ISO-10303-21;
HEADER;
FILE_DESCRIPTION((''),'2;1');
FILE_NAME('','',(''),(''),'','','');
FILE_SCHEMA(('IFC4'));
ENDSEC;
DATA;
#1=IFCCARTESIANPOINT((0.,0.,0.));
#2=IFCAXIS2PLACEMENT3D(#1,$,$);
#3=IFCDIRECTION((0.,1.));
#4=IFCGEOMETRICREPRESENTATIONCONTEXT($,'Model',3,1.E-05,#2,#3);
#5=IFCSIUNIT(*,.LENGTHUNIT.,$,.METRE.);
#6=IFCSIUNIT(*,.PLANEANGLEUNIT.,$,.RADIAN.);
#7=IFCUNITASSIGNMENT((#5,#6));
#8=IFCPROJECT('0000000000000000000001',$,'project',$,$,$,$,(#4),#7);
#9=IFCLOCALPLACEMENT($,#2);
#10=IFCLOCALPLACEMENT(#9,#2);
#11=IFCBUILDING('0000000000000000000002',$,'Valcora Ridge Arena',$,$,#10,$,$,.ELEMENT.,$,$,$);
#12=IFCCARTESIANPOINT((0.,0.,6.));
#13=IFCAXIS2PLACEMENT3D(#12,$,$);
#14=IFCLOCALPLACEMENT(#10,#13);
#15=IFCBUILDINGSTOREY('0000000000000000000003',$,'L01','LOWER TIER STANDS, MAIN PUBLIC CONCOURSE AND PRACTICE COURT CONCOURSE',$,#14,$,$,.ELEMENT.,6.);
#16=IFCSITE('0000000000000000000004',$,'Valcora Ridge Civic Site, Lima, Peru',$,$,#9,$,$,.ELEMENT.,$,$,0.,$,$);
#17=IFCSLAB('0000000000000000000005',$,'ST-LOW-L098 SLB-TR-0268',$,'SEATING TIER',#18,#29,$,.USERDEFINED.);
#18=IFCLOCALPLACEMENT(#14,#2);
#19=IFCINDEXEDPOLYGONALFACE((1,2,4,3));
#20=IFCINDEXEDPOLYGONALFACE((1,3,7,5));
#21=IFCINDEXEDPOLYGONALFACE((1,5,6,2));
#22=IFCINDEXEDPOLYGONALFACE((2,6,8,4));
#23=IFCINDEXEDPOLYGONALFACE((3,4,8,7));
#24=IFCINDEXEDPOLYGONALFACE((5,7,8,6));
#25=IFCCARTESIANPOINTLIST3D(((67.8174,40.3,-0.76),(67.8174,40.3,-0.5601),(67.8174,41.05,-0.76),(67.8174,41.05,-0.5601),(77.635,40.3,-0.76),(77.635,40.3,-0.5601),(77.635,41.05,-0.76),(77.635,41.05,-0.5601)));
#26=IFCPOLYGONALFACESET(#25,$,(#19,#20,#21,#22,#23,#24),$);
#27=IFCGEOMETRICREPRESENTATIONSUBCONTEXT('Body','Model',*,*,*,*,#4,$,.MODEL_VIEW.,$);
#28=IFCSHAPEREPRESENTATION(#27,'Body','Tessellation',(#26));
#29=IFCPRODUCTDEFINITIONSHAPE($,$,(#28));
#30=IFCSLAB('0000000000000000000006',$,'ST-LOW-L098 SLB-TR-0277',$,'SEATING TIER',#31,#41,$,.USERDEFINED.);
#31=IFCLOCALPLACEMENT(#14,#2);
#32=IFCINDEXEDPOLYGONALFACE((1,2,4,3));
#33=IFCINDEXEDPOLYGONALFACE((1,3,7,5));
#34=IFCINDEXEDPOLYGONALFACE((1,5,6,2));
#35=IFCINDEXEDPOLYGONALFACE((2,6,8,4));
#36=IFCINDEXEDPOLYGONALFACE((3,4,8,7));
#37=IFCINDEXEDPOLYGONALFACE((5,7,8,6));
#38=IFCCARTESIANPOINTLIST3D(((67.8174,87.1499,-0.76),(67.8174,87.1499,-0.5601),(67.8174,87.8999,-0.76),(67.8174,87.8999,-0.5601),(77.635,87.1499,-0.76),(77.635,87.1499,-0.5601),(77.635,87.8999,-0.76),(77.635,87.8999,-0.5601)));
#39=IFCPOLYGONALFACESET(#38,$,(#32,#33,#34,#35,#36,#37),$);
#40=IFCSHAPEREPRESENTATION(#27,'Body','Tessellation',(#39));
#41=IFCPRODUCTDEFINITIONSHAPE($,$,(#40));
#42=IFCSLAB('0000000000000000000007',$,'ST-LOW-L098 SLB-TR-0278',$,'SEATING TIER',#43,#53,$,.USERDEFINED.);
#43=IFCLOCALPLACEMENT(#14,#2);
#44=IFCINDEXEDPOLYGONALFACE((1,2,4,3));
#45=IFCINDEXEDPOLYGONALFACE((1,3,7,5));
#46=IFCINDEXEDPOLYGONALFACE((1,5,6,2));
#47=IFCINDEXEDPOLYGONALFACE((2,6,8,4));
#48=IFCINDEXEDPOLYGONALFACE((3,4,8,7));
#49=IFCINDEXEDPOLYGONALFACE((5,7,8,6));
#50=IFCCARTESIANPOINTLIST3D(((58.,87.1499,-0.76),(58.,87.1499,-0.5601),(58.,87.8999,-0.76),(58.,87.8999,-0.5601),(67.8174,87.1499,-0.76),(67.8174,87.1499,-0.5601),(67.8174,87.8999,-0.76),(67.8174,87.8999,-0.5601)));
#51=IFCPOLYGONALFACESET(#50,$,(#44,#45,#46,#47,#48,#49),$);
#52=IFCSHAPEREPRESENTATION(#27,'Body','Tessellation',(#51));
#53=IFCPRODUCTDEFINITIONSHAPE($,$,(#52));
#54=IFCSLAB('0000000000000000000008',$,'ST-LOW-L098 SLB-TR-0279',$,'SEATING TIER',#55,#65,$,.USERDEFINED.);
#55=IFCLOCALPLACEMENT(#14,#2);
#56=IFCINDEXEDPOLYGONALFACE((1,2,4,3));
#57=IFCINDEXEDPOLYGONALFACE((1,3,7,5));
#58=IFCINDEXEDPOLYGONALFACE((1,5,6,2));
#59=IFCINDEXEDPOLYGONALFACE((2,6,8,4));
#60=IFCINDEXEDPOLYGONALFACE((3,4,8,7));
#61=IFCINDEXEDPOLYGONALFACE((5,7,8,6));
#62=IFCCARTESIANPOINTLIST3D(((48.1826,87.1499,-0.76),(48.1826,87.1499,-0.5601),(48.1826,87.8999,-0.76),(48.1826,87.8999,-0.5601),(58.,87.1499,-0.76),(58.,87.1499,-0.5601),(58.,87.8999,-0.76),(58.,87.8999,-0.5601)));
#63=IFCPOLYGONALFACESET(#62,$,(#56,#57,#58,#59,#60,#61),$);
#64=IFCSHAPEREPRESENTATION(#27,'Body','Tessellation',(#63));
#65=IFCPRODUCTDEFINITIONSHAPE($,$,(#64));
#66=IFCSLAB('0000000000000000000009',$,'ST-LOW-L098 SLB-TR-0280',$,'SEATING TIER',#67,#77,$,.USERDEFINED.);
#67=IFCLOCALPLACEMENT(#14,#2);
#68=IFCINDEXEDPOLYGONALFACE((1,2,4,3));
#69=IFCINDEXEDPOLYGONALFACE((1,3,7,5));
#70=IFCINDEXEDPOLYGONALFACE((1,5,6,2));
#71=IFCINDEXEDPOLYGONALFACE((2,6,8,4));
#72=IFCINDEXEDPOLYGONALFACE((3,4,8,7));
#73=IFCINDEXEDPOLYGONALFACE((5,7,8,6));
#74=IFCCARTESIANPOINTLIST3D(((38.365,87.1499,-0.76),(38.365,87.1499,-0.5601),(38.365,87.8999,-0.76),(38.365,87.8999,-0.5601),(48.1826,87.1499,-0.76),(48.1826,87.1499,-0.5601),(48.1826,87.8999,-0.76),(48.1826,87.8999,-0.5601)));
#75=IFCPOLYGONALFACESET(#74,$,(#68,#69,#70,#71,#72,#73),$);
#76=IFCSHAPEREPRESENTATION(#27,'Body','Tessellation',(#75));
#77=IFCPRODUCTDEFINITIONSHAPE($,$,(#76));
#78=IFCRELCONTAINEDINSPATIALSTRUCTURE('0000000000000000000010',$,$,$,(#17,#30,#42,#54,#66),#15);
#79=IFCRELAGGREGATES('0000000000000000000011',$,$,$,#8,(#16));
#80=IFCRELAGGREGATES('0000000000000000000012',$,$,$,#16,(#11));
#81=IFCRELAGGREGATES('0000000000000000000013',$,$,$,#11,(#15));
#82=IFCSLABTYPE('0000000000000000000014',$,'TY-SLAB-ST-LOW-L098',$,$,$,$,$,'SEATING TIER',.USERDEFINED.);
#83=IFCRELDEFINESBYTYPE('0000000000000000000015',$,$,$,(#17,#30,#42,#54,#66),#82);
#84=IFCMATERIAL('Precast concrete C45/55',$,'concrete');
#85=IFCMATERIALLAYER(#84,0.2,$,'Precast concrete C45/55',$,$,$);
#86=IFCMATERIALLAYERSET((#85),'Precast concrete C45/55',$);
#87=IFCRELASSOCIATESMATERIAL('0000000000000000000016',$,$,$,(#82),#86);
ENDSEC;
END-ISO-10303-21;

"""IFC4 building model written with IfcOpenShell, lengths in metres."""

from ifc_helpers import new_model, si_unit, direction, frame, origin, place, context, subcontext, project, spatial, polyline, outline, extrude, material, layer, layer_set, type_object, element, save


model = new_model("IFC4")

# Units and contexts
model_context = context("Model", 3, precision=1e-05, world=origin(), true_north=direction((0.0, 1.0)))
body_context = subcontext(model_context, "Body", "Model", "MODEL_VIEW")
ifc_project = project(units=[si_unit("LENGTHUNIT", "METRE"), si_unit("PLANEANGLEUNIT", "RADIAN")], contexts=[model_context])

# Site, building, storey
site_placement = place(None, origin())
site = spatial("IfcSite", under=ifc_project, at=site_placement, Name="Valcora Ridge Civic Site, Lima, Peru", CompositionType="ELEMENT", RefElevation=0.0)
building_placement = place(site_placement, origin())
building = spatial("IfcBuilding", under=site, at=building_placement, Name="Valcora Ridge Arena", CompositionType="ELEMENT")
storey_placement = place(building_placement, frame((0.0, 0.0, 6.0)))
storey = spatial("IfcBuildingStorey", under=building, at=storey_placement, Name="L01", Description="LOWER TIER STANDS, MAIN PUBLIC CONCOURSE AND PRACTICE COURT CONCOURSE", CompositionType="ELEMENT", Elevation=6.0)

# Slabs
ifc_material = material(Name="Precast concrete C45/55", Category="concrete")
ifc_layer_1 = layer(ifc_material, 0.2, Name="Precast concrete C45/55")
ifc_layer_set_1 = layer_set([ifc_layer_1], Name="Precast concrete C45/55")
slab_type_1 = type_object("IfcSlabType", Name="TY-SLAB-ST-LOW-L098", ElementType="SEATING TIER", PredefinedType="USERDEFINED", material=ifc_layer_set_1)
slab_1_placement = place(storey_placement, frame((0.0, 0.0, -0.76)))
element("IfcSlab", 1, at=slab_1_placement, inside=storey, type_object=slab_type_1, Name="ST-LOW-L098 SLB-TR-0268", ObjectType="SEATING TIER", PredefinedType="USERDEFINED", context=body_context, shape_type="SweptSolid", body=[
    extrude(outline(polyline([(67.8174, 41.05), (77.635, 41.05), (77.635, 40.3), (67.8174, 40.3), (67.8174, 41.05)])), origin(), (0.0, 0.0, 1.0), 0.2),
])
slab_2_placement = place(storey_placement, frame((0.0, 0.0, -0.76)))
element("IfcSlab", 2, at=slab_2_placement, inside=storey, type_object=slab_type_1, Name="ST-LOW-L098 SLB-TR-0277", ObjectType="SEATING TIER", PredefinedType="USERDEFINED", context=body_context, shape_type="SweptSolid", body=[
    extrude(outline(polyline([(77.635, 87.1499), (67.8174, 87.1499), (67.8174, 87.8999), (77.635, 87.8999), (77.635, 87.1499)])), origin(), (0.0, 0.0, 1.0), 0.2),
])
slab_3_placement = place(storey_placement, frame((0.0, 0.0, -0.76)))
element("IfcSlab", 3, at=slab_3_placement, inside=storey, type_object=slab_type_1, Name="ST-LOW-L098 SLB-TR-0278", ObjectType="SEATING TIER", PredefinedType="USERDEFINED", context=body_context, shape_type="SweptSolid", body=[
    extrude(outline(polyline([(67.8174, 87.1499), (58.0, 87.1499), (58.0, 87.8999), (67.8174, 87.8999), (67.8174, 87.1499)])), origin(), (0.0, 0.0, 1.0), 0.2),
])
slab_4_placement = place(storey_placement, frame((0.0, 0.0, -0.76)))
element("IfcSlab", 4, at=slab_4_placement, inside=storey, type_object=slab_type_1, Name="ST-LOW-L098 SLB-TR-0279", ObjectType="SEATING TIER", PredefinedType="USERDEFINED", context=body_context, shape_type="SweptSolid", body=[
    extrude(outline(polyline([(58.0, 87.1499), (48.1826, 87.1499), (48.1826, 87.8999), (58.0, 87.8999), (58.0, 87.1499)])), origin(), (0.0, 0.0, 1.0), 0.2),
])
slab_5_placement = place(storey_placement, frame((0.0, 0.0, -0.76)))
element("IfcSlab", 5, at=slab_5_placement, inside=storey, type_object=slab_type_1, Name="ST-LOW-L098 SLB-TR-0280", ObjectType="SEATING TIER", PredefinedType="USERDEFINED", context=body_context, shape_type="SweptSolid", body=[
    extrude(outline(polyline([(48.1826, 87.1499), (38.365, 87.1499), (38.365, 87.8999), (48.1826, 87.8999), (48.1826, 87.1499)])), origin(), (0.0, 0.0, 1.0), 0.2),
])

save(model, "model.ifc")
